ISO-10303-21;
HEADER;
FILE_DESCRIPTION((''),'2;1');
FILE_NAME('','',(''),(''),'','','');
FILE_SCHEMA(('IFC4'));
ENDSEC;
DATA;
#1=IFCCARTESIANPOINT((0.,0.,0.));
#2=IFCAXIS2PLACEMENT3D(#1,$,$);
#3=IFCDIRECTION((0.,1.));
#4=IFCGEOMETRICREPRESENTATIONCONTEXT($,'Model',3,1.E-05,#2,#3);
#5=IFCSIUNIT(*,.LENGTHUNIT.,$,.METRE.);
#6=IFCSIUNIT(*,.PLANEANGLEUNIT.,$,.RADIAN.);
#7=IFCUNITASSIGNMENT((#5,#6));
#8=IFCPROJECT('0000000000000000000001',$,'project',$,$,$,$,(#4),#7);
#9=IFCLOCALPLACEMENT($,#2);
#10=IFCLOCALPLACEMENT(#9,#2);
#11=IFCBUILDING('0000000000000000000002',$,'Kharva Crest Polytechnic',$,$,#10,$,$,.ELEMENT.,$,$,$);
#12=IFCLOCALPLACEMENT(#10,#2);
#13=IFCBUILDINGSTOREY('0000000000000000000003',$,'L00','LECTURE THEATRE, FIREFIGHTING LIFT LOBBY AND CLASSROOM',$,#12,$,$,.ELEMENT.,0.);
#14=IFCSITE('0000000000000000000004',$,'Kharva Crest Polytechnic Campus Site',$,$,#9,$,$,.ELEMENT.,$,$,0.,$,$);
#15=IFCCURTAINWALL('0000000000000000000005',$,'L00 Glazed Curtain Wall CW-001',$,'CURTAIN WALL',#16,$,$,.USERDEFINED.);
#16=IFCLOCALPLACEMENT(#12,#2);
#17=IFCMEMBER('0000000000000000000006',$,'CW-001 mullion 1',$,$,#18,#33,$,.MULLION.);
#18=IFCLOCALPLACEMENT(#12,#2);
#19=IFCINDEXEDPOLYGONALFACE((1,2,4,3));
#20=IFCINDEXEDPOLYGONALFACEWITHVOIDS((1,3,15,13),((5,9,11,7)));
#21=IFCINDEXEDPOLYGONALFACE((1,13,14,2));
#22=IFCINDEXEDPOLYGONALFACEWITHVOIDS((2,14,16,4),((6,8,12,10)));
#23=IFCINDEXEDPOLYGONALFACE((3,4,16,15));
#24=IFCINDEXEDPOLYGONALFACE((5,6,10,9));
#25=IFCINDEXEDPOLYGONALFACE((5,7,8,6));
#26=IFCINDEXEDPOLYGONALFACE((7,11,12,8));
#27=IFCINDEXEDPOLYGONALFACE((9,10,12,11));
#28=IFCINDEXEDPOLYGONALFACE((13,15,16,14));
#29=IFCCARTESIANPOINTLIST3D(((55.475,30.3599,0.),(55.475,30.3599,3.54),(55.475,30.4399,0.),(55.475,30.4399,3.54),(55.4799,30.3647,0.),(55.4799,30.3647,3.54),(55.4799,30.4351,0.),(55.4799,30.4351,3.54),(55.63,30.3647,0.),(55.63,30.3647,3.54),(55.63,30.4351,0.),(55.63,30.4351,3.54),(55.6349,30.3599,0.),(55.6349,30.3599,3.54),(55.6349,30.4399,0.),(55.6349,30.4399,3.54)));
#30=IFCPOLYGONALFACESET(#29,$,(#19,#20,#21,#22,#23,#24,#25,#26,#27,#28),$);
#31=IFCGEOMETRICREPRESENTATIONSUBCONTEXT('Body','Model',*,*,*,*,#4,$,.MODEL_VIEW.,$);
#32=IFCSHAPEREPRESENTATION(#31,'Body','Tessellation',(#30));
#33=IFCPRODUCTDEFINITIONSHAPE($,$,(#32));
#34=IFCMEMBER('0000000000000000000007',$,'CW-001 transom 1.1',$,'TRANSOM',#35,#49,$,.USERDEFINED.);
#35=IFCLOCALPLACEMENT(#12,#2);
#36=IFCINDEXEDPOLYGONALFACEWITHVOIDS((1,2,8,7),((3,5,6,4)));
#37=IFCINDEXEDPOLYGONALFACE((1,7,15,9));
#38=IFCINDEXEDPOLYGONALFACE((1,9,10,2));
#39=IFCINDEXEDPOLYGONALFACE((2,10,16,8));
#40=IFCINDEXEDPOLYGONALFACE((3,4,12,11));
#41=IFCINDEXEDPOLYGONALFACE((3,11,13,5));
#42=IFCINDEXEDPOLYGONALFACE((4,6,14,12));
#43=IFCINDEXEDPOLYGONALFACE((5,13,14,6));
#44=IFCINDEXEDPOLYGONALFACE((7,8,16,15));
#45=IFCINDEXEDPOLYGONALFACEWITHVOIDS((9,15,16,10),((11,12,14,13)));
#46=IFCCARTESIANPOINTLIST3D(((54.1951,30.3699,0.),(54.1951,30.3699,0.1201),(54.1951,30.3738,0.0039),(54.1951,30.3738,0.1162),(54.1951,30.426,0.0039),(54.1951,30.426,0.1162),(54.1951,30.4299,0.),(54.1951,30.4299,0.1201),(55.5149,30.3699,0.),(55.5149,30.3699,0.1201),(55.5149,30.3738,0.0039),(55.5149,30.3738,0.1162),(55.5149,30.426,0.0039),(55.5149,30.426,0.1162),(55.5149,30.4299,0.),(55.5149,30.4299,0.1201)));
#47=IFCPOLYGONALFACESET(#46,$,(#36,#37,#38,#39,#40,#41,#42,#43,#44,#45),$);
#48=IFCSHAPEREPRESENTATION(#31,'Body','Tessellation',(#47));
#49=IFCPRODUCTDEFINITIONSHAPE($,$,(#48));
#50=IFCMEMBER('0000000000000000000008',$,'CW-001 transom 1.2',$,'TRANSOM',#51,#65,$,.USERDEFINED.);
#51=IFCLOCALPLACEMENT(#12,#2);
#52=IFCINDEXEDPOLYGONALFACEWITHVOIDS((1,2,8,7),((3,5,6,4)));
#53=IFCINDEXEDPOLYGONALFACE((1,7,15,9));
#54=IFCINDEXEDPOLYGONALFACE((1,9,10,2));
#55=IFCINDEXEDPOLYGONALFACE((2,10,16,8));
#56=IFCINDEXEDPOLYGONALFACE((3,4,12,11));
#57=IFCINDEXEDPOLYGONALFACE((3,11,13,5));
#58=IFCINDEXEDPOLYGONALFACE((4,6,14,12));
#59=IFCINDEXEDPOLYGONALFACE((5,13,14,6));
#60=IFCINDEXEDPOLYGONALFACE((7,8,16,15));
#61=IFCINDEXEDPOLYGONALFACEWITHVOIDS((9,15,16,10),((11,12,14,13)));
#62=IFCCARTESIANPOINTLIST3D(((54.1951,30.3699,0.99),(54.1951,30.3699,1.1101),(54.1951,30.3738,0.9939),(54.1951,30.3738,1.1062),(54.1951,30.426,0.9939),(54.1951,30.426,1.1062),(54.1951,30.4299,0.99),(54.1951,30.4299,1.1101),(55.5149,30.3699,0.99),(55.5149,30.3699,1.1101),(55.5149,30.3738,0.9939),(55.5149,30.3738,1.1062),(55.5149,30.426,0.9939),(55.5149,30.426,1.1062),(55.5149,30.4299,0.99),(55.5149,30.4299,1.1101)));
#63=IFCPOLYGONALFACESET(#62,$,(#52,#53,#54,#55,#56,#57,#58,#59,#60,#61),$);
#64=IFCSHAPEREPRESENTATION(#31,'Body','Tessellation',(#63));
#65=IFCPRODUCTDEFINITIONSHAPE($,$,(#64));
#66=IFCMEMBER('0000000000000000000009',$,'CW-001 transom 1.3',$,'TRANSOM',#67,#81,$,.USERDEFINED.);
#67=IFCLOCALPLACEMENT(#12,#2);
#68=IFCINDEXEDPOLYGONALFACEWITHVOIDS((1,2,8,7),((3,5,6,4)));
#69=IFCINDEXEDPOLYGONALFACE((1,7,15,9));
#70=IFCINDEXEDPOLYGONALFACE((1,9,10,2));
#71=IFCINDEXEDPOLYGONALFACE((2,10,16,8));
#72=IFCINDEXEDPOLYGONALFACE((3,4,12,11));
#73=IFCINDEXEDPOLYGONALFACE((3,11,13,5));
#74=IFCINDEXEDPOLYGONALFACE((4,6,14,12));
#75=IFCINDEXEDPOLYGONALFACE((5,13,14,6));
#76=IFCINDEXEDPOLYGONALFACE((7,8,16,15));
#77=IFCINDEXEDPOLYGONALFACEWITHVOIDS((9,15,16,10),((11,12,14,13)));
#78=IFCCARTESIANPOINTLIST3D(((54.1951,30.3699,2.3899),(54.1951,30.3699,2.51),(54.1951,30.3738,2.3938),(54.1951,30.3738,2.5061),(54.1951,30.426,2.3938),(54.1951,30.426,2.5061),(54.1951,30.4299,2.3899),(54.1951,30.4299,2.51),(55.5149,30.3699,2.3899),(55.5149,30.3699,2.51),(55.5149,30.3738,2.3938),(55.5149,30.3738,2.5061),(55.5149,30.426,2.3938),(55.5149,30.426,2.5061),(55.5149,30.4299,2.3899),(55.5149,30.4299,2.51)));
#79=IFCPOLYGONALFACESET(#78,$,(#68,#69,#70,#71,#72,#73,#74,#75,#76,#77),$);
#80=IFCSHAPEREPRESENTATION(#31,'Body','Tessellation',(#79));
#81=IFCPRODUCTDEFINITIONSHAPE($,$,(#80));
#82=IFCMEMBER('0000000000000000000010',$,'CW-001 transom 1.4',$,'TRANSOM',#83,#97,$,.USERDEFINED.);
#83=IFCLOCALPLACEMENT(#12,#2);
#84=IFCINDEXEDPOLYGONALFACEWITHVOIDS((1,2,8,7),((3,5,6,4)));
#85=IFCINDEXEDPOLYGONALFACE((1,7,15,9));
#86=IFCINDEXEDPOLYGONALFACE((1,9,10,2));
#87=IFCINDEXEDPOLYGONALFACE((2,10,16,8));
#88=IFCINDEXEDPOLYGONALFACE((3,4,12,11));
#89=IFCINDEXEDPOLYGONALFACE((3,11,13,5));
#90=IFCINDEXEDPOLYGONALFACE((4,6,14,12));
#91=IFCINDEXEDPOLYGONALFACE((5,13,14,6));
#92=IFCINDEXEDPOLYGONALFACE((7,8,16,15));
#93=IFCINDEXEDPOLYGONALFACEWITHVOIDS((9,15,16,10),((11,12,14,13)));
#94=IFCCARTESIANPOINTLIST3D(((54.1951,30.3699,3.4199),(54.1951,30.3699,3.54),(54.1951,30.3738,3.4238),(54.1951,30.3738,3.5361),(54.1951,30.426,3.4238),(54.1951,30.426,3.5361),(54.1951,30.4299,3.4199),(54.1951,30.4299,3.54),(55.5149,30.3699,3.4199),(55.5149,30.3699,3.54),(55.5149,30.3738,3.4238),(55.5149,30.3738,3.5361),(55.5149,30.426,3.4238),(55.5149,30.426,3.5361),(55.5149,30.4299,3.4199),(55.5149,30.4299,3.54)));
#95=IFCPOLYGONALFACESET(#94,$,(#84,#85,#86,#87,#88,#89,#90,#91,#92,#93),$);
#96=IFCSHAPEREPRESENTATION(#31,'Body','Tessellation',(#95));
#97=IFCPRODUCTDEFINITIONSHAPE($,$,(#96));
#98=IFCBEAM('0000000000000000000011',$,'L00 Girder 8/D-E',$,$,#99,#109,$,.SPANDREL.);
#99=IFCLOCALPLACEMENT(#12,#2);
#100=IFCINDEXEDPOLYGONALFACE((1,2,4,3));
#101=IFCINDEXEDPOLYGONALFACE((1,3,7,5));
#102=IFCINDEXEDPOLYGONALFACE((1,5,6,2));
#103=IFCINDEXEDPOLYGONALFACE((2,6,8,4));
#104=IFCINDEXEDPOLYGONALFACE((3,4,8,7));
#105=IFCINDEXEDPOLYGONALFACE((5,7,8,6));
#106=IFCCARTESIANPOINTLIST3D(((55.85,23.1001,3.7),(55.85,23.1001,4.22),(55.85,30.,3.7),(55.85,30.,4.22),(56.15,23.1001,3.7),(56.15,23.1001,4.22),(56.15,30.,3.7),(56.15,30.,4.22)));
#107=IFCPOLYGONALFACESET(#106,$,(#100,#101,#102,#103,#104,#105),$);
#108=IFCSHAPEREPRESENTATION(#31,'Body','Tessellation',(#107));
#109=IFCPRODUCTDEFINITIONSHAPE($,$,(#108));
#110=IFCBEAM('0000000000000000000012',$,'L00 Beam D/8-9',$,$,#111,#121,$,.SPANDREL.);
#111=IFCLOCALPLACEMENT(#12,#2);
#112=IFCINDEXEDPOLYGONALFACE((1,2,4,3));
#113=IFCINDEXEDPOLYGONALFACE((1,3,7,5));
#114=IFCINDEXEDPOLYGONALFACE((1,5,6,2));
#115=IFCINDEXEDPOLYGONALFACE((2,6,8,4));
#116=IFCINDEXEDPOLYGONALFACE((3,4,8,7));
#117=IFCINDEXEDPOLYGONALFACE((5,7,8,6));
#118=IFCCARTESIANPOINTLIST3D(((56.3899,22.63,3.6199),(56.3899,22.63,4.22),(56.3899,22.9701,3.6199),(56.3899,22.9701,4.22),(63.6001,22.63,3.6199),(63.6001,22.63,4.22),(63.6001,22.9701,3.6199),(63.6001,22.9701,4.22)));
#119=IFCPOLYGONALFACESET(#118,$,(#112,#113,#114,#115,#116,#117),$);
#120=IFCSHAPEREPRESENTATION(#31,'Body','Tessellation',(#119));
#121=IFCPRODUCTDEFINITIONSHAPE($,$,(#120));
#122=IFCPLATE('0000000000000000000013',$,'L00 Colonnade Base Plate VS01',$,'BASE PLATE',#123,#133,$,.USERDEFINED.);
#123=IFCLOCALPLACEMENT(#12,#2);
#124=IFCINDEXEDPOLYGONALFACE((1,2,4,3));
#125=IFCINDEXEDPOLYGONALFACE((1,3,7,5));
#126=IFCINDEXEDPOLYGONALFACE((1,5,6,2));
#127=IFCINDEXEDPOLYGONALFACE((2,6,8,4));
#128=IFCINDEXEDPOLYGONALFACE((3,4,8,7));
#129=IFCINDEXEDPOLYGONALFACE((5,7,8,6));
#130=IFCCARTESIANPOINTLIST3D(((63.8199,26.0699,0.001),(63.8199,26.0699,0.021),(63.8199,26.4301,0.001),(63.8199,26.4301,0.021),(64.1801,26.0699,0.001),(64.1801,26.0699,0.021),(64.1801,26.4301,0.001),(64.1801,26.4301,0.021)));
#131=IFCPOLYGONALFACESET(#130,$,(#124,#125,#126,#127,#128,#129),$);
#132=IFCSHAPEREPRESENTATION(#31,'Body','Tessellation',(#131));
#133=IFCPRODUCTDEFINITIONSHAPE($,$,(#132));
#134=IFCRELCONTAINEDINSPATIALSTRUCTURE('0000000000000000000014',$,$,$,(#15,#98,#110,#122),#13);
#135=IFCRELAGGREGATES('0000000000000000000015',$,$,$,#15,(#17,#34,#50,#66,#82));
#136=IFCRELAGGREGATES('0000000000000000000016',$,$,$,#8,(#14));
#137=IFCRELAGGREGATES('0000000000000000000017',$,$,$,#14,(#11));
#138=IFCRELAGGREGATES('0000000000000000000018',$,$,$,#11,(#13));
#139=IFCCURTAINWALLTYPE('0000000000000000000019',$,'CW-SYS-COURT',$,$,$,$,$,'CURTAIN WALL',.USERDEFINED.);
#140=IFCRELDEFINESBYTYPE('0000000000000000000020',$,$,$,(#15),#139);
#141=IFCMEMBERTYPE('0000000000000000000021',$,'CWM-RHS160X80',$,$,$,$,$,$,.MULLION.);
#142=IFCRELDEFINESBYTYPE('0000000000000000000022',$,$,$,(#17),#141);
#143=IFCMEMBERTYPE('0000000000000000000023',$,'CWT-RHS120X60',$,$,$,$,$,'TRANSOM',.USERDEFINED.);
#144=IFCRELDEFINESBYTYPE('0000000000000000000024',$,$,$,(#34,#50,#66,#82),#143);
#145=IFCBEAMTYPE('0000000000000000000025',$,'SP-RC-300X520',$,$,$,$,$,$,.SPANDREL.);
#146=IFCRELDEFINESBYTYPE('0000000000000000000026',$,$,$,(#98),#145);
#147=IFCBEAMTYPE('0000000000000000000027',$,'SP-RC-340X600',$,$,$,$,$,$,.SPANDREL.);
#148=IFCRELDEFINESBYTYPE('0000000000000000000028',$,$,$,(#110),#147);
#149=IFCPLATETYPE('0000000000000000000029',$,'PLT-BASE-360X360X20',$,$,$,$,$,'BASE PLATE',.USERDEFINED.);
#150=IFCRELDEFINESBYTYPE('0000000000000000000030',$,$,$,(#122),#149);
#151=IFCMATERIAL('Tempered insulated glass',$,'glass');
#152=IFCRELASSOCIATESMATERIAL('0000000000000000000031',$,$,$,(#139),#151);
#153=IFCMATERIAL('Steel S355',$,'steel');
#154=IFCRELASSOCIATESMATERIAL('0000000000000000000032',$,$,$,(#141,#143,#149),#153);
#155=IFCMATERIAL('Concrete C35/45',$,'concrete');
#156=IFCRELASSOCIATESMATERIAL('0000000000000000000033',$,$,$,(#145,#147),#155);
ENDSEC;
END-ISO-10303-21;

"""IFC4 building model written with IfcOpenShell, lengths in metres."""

from ifc_helpers import new_model, si_unit, direction, frame, origin, origin_2d, place, context, subcontext, project, spatial, rectangle, hollow_rectangle, extrude, material, material_profile, profile_set, type_object, element, aggregate, save


model = new_model("IFC4")

# Units and contexts
model_context = context("Model", 3, precision=1e-05, world=origin(), true_north=direction((0.0, 1.0)))
body_context = subcontext(model_context, "Body", "Model", "MODEL_VIEW")
ifc_project = project(units=[si_unit("LENGTHUNIT", "METRE"), si_unit("PLANEANGLEUNIT", "RADIAN")], contexts=[model_context])

# Site, building, storey
site_placement = place(None, origin())
site = spatial("IfcSite", under=ifc_project, at=site_placement, Name="Kharva Crest Polytechnic Campus Site", CompositionType="ELEMENT", RefElevation=0.0)
building_placement = place(site_placement, origin())
building = spatial("IfcBuilding", under=site, at=building_placement, Name="Kharva Crest Polytechnic", CompositionType="ELEMENT")
storey_placement = place(building_placement, origin())
storey = spatial("IfcBuildingStorey", under=building, at=storey_placement, Name="L00", Description="LECTURE THEATRE, FIREFIGHTING LIFT LOBBY AND CLASSROOM", CompositionType="ELEMENT", Elevation=0.0)

# Shared definitions
ifc_material_1 = material(Name="Concrete C35/45", Category="concrete")

# Curtain wall, members
ifc_material_2 = material(Name="Tempered insulated glass", Category="glass")
curtain_wall_type = type_object("IfcCurtainWallType", Name="CW-SYS-COURT", ElementType="CURTAIN WALL", PredefinedType="USERDEFINED", material=ifc_material_2)
curtain_wall_placement = place(storey_placement, origin())
curtain_wall = element("IfcCurtainWall", 1, at=curtain_wall_placement, inside=storey, type_object=curtain_wall_type, Name="L00 Glazed Curtain Wall CW-001", ObjectType="CURTAIN WALL", PredefinedType="USERDEFINED")
ifc_material_3 = material(Name="Steel S355", Category="steel")
ifc_material_profile_1 = material_profile(ifc_material_3, hollow_rectangle(XDim=0.0801, YDim=0.1599, WallThickness=0.0049, at=origin_2d()), Name="RHS 160X80X5.0")
ifc_profile_set_1 = profile_set([ifc_material_profile_1], Name="Steel S355")
member_type_1 = type_object("IfcMemberType", Name="CWM-RHS160X80", PredefinedType="MULLION", material=ifc_profile_set_1)
member_1_placement = place(storey_placement, frame((55.5549, 30.3999, 0.0), z_axis=(0.0, 0.0, 1.0), x_axis=(0.0, -1.0, 0.0)))
member_1 = element("IfcMember", 2, at=member_1_placement, type_object=member_type_1, Name="CW-001 mullion 1", PredefinedType="MULLION", context=body_context, shape_type="SweptSolid", body=[
    extrude(hollow_rectangle(XDim=0.0801, YDim=0.1599, WallThickness=0.0049, at=origin_2d()), origin(), (0.0, 0.0, 1.0), 3.54),
])
ifc_material_profile_2 = material_profile(ifc_material_3, hollow_rectangle(XDim=0.0601, YDim=0.1201, WallThickness=0.0039, at=origin_2d()), Name="RHS 120X60X4.0")
ifc_profile_set_2 = profile_set([ifc_material_profile_2], Name="Steel S355")
member_type_2 = type_object("IfcMemberType", Name="CWT-RHS120X60", ElementType="TRANSOM", PredefinedType="USERDEFINED", material=ifc_profile_set_2)
member_2_placement = place(storey_placement, frame((55.5149, 30.3999, 0.0601), z_axis=(-1.0, 0.0, 0.0), x_axis=(0.0, -1.0, 0.0)))
member_2 = element("IfcMember", 3, at=member_2_placement, type_object=member_type_2, Name="CW-001 transom 1.1", ObjectType="TRANSOM", PredefinedType="USERDEFINED", context=body_context, shape_type="SweptSolid", body=[
    extrude(hollow_rectangle(XDim=0.0601, YDim=0.1201, WallThickness=0.0039, at=origin_2d()), origin(), (0.0, 0.0, 1.0), 1.3198),
])
member_3_placement = place(storey_placement, frame((55.5149, 30.3999, 1.05), z_axis=(-1.0, 0.0, 0.0), x_axis=(0.0, -1.0, 0.0)))
member_3 = element("IfcMember", 4, at=member_3_placement, type_object=member_type_2, Name="CW-001 transom 1.2", ObjectType="TRANSOM", PredefinedType="USERDEFINED", context=body_context, shape_type="SweptSolid", body=[
    extrude(hollow_rectangle(XDim=0.0601, YDim=0.1201, WallThickness=0.0039, at=origin_2d()), origin(), (0.0, 0.0, 1.0), 1.3198),
])
member_4_placement = place(storey_placement, frame((55.5149, 30.3999, 2.45), z_axis=(-1.0, 0.0, 0.0), x_axis=(0.0, -1.0, 0.0)))
member_4 = element("IfcMember", 5, at=member_4_placement, type_object=member_type_2, Name="CW-001 transom 1.3", ObjectType="TRANSOM", PredefinedType="USERDEFINED", context=body_context, shape_type="SweptSolid", body=[
    extrude(hollow_rectangle(XDim=0.0601, YDim=0.1201, WallThickness=0.0039, at=origin_2d()), origin(), (0.0, 0.0, 1.0), 1.3198),
])
member_5_placement = place(storey_placement, frame((55.5149, 30.3999, 3.48), z_axis=(-1.0, 0.0, 0.0), x_axis=(0.0, -1.0, 0.0)))
member_5 = element("IfcMember", 6, at=member_5_placement, type_object=member_type_2, Name="CW-001 transom 1.4", ObjectType="TRANSOM", PredefinedType="USERDEFINED", context=body_context, shape_type="SweptSolid", body=[
    extrude(hollow_rectangle(XDim=0.0601, YDim=0.1201, WallThickness=0.0039, at=origin_2d()), origin(), (0.0, 0.0, 1.0), 1.3198),
])
aggregate(curtain_wall, [member_1, member_2, member_3, member_4, member_5])

# Beams
ifc_material_profile_3 = material_profile(ifc_material_1, rectangle(XDim=0.3, YDim=0.52, at=origin_2d()), Name="RECT 300 X 520")
ifc_profile_set_3 = profile_set([ifc_material_profile_3], Name="Concrete C35/45")
beam_type_1 = type_object("IfcBeamType", Name="SP-RC-300X520", PredefinedType="SPANDREL", material=ifc_profile_set_3)
beam_1_placement = place(storey_placement, frame((56.0, 23.1001, 3.96), z_axis=(0.0, 1.0, 0.0), x_axis=(-1.0, 0.0, 0.0)))
element("IfcBeam", 7, at=beam_1_placement, inside=storey, type_object=beam_type_1, Name="L00 Girder 8/D-E", PredefinedType="SPANDREL", context=body_context, shape_type="SweptSolid", body=[
    extrude(rectangle(XDim=0.3, YDim=0.52, at=origin_2d()), origin(), (0.0, 0.0, 1.0), 6.8999),
])
ifc_material_profile_4 = material_profile(ifc_material_1, rectangle(XDim=0.3401, YDim=0.6001, at=origin_2d()), Name="RECT 340 X 600")
ifc_profile_set_4 = profile_set([ifc_material_profile_4], Name="Concrete C35/45")
beam_type_2 = type_object("IfcBeamType", Name="SP-RC-340X600", PredefinedType="SPANDREL", material=ifc_profile_set_4)
beam_2_placement = place(storey_placement, frame((56.3899, 22.8, 3.9199), z_axis=(1.0, 0.0, 0.0), x_axis=(0.0, 1.0, 0.0)))
element("IfcBeam", 8, at=beam_2_placement, inside=storey, type_object=beam_type_2, Name="L00 Beam D/8-9", PredefinedType="SPANDREL", context=body_context, shape_type="SweptSolid", body=[
    extrude(rectangle(XDim=0.3401, YDim=0.6001, at=origin_2d()), origin(), (0.0, 0.0, 1.0), 7.2102),
])

# Plate
plate_type = type_object("IfcPlateType", Name="PLT-BASE-360X360X20", ElementType="BASE PLATE", PredefinedType="USERDEFINED", material=ifc_material_3)
plate_placement = place(storey_placement, frame((64.0, 26.25, 0.001), z_axis=(0.0, 0.0, 1.0), x_axis=(1.0, 0.0, 0.0)))
element("IfcPlate", 9, at=plate_placement, inside=storey, type_object=plate_type, Name="L00 Colonnade Base Plate VS01", ObjectType="BASE PLATE", PredefinedType="USERDEFINED", context=body_context, shape_type="SweptSolid", body=[
    extrude(rectangle(XDim=0.3601, YDim=0.3601, at=origin_2d()), origin(), (0.0, 0.0, 1.0), 0.02),
])

save(model, "model.ifc")
